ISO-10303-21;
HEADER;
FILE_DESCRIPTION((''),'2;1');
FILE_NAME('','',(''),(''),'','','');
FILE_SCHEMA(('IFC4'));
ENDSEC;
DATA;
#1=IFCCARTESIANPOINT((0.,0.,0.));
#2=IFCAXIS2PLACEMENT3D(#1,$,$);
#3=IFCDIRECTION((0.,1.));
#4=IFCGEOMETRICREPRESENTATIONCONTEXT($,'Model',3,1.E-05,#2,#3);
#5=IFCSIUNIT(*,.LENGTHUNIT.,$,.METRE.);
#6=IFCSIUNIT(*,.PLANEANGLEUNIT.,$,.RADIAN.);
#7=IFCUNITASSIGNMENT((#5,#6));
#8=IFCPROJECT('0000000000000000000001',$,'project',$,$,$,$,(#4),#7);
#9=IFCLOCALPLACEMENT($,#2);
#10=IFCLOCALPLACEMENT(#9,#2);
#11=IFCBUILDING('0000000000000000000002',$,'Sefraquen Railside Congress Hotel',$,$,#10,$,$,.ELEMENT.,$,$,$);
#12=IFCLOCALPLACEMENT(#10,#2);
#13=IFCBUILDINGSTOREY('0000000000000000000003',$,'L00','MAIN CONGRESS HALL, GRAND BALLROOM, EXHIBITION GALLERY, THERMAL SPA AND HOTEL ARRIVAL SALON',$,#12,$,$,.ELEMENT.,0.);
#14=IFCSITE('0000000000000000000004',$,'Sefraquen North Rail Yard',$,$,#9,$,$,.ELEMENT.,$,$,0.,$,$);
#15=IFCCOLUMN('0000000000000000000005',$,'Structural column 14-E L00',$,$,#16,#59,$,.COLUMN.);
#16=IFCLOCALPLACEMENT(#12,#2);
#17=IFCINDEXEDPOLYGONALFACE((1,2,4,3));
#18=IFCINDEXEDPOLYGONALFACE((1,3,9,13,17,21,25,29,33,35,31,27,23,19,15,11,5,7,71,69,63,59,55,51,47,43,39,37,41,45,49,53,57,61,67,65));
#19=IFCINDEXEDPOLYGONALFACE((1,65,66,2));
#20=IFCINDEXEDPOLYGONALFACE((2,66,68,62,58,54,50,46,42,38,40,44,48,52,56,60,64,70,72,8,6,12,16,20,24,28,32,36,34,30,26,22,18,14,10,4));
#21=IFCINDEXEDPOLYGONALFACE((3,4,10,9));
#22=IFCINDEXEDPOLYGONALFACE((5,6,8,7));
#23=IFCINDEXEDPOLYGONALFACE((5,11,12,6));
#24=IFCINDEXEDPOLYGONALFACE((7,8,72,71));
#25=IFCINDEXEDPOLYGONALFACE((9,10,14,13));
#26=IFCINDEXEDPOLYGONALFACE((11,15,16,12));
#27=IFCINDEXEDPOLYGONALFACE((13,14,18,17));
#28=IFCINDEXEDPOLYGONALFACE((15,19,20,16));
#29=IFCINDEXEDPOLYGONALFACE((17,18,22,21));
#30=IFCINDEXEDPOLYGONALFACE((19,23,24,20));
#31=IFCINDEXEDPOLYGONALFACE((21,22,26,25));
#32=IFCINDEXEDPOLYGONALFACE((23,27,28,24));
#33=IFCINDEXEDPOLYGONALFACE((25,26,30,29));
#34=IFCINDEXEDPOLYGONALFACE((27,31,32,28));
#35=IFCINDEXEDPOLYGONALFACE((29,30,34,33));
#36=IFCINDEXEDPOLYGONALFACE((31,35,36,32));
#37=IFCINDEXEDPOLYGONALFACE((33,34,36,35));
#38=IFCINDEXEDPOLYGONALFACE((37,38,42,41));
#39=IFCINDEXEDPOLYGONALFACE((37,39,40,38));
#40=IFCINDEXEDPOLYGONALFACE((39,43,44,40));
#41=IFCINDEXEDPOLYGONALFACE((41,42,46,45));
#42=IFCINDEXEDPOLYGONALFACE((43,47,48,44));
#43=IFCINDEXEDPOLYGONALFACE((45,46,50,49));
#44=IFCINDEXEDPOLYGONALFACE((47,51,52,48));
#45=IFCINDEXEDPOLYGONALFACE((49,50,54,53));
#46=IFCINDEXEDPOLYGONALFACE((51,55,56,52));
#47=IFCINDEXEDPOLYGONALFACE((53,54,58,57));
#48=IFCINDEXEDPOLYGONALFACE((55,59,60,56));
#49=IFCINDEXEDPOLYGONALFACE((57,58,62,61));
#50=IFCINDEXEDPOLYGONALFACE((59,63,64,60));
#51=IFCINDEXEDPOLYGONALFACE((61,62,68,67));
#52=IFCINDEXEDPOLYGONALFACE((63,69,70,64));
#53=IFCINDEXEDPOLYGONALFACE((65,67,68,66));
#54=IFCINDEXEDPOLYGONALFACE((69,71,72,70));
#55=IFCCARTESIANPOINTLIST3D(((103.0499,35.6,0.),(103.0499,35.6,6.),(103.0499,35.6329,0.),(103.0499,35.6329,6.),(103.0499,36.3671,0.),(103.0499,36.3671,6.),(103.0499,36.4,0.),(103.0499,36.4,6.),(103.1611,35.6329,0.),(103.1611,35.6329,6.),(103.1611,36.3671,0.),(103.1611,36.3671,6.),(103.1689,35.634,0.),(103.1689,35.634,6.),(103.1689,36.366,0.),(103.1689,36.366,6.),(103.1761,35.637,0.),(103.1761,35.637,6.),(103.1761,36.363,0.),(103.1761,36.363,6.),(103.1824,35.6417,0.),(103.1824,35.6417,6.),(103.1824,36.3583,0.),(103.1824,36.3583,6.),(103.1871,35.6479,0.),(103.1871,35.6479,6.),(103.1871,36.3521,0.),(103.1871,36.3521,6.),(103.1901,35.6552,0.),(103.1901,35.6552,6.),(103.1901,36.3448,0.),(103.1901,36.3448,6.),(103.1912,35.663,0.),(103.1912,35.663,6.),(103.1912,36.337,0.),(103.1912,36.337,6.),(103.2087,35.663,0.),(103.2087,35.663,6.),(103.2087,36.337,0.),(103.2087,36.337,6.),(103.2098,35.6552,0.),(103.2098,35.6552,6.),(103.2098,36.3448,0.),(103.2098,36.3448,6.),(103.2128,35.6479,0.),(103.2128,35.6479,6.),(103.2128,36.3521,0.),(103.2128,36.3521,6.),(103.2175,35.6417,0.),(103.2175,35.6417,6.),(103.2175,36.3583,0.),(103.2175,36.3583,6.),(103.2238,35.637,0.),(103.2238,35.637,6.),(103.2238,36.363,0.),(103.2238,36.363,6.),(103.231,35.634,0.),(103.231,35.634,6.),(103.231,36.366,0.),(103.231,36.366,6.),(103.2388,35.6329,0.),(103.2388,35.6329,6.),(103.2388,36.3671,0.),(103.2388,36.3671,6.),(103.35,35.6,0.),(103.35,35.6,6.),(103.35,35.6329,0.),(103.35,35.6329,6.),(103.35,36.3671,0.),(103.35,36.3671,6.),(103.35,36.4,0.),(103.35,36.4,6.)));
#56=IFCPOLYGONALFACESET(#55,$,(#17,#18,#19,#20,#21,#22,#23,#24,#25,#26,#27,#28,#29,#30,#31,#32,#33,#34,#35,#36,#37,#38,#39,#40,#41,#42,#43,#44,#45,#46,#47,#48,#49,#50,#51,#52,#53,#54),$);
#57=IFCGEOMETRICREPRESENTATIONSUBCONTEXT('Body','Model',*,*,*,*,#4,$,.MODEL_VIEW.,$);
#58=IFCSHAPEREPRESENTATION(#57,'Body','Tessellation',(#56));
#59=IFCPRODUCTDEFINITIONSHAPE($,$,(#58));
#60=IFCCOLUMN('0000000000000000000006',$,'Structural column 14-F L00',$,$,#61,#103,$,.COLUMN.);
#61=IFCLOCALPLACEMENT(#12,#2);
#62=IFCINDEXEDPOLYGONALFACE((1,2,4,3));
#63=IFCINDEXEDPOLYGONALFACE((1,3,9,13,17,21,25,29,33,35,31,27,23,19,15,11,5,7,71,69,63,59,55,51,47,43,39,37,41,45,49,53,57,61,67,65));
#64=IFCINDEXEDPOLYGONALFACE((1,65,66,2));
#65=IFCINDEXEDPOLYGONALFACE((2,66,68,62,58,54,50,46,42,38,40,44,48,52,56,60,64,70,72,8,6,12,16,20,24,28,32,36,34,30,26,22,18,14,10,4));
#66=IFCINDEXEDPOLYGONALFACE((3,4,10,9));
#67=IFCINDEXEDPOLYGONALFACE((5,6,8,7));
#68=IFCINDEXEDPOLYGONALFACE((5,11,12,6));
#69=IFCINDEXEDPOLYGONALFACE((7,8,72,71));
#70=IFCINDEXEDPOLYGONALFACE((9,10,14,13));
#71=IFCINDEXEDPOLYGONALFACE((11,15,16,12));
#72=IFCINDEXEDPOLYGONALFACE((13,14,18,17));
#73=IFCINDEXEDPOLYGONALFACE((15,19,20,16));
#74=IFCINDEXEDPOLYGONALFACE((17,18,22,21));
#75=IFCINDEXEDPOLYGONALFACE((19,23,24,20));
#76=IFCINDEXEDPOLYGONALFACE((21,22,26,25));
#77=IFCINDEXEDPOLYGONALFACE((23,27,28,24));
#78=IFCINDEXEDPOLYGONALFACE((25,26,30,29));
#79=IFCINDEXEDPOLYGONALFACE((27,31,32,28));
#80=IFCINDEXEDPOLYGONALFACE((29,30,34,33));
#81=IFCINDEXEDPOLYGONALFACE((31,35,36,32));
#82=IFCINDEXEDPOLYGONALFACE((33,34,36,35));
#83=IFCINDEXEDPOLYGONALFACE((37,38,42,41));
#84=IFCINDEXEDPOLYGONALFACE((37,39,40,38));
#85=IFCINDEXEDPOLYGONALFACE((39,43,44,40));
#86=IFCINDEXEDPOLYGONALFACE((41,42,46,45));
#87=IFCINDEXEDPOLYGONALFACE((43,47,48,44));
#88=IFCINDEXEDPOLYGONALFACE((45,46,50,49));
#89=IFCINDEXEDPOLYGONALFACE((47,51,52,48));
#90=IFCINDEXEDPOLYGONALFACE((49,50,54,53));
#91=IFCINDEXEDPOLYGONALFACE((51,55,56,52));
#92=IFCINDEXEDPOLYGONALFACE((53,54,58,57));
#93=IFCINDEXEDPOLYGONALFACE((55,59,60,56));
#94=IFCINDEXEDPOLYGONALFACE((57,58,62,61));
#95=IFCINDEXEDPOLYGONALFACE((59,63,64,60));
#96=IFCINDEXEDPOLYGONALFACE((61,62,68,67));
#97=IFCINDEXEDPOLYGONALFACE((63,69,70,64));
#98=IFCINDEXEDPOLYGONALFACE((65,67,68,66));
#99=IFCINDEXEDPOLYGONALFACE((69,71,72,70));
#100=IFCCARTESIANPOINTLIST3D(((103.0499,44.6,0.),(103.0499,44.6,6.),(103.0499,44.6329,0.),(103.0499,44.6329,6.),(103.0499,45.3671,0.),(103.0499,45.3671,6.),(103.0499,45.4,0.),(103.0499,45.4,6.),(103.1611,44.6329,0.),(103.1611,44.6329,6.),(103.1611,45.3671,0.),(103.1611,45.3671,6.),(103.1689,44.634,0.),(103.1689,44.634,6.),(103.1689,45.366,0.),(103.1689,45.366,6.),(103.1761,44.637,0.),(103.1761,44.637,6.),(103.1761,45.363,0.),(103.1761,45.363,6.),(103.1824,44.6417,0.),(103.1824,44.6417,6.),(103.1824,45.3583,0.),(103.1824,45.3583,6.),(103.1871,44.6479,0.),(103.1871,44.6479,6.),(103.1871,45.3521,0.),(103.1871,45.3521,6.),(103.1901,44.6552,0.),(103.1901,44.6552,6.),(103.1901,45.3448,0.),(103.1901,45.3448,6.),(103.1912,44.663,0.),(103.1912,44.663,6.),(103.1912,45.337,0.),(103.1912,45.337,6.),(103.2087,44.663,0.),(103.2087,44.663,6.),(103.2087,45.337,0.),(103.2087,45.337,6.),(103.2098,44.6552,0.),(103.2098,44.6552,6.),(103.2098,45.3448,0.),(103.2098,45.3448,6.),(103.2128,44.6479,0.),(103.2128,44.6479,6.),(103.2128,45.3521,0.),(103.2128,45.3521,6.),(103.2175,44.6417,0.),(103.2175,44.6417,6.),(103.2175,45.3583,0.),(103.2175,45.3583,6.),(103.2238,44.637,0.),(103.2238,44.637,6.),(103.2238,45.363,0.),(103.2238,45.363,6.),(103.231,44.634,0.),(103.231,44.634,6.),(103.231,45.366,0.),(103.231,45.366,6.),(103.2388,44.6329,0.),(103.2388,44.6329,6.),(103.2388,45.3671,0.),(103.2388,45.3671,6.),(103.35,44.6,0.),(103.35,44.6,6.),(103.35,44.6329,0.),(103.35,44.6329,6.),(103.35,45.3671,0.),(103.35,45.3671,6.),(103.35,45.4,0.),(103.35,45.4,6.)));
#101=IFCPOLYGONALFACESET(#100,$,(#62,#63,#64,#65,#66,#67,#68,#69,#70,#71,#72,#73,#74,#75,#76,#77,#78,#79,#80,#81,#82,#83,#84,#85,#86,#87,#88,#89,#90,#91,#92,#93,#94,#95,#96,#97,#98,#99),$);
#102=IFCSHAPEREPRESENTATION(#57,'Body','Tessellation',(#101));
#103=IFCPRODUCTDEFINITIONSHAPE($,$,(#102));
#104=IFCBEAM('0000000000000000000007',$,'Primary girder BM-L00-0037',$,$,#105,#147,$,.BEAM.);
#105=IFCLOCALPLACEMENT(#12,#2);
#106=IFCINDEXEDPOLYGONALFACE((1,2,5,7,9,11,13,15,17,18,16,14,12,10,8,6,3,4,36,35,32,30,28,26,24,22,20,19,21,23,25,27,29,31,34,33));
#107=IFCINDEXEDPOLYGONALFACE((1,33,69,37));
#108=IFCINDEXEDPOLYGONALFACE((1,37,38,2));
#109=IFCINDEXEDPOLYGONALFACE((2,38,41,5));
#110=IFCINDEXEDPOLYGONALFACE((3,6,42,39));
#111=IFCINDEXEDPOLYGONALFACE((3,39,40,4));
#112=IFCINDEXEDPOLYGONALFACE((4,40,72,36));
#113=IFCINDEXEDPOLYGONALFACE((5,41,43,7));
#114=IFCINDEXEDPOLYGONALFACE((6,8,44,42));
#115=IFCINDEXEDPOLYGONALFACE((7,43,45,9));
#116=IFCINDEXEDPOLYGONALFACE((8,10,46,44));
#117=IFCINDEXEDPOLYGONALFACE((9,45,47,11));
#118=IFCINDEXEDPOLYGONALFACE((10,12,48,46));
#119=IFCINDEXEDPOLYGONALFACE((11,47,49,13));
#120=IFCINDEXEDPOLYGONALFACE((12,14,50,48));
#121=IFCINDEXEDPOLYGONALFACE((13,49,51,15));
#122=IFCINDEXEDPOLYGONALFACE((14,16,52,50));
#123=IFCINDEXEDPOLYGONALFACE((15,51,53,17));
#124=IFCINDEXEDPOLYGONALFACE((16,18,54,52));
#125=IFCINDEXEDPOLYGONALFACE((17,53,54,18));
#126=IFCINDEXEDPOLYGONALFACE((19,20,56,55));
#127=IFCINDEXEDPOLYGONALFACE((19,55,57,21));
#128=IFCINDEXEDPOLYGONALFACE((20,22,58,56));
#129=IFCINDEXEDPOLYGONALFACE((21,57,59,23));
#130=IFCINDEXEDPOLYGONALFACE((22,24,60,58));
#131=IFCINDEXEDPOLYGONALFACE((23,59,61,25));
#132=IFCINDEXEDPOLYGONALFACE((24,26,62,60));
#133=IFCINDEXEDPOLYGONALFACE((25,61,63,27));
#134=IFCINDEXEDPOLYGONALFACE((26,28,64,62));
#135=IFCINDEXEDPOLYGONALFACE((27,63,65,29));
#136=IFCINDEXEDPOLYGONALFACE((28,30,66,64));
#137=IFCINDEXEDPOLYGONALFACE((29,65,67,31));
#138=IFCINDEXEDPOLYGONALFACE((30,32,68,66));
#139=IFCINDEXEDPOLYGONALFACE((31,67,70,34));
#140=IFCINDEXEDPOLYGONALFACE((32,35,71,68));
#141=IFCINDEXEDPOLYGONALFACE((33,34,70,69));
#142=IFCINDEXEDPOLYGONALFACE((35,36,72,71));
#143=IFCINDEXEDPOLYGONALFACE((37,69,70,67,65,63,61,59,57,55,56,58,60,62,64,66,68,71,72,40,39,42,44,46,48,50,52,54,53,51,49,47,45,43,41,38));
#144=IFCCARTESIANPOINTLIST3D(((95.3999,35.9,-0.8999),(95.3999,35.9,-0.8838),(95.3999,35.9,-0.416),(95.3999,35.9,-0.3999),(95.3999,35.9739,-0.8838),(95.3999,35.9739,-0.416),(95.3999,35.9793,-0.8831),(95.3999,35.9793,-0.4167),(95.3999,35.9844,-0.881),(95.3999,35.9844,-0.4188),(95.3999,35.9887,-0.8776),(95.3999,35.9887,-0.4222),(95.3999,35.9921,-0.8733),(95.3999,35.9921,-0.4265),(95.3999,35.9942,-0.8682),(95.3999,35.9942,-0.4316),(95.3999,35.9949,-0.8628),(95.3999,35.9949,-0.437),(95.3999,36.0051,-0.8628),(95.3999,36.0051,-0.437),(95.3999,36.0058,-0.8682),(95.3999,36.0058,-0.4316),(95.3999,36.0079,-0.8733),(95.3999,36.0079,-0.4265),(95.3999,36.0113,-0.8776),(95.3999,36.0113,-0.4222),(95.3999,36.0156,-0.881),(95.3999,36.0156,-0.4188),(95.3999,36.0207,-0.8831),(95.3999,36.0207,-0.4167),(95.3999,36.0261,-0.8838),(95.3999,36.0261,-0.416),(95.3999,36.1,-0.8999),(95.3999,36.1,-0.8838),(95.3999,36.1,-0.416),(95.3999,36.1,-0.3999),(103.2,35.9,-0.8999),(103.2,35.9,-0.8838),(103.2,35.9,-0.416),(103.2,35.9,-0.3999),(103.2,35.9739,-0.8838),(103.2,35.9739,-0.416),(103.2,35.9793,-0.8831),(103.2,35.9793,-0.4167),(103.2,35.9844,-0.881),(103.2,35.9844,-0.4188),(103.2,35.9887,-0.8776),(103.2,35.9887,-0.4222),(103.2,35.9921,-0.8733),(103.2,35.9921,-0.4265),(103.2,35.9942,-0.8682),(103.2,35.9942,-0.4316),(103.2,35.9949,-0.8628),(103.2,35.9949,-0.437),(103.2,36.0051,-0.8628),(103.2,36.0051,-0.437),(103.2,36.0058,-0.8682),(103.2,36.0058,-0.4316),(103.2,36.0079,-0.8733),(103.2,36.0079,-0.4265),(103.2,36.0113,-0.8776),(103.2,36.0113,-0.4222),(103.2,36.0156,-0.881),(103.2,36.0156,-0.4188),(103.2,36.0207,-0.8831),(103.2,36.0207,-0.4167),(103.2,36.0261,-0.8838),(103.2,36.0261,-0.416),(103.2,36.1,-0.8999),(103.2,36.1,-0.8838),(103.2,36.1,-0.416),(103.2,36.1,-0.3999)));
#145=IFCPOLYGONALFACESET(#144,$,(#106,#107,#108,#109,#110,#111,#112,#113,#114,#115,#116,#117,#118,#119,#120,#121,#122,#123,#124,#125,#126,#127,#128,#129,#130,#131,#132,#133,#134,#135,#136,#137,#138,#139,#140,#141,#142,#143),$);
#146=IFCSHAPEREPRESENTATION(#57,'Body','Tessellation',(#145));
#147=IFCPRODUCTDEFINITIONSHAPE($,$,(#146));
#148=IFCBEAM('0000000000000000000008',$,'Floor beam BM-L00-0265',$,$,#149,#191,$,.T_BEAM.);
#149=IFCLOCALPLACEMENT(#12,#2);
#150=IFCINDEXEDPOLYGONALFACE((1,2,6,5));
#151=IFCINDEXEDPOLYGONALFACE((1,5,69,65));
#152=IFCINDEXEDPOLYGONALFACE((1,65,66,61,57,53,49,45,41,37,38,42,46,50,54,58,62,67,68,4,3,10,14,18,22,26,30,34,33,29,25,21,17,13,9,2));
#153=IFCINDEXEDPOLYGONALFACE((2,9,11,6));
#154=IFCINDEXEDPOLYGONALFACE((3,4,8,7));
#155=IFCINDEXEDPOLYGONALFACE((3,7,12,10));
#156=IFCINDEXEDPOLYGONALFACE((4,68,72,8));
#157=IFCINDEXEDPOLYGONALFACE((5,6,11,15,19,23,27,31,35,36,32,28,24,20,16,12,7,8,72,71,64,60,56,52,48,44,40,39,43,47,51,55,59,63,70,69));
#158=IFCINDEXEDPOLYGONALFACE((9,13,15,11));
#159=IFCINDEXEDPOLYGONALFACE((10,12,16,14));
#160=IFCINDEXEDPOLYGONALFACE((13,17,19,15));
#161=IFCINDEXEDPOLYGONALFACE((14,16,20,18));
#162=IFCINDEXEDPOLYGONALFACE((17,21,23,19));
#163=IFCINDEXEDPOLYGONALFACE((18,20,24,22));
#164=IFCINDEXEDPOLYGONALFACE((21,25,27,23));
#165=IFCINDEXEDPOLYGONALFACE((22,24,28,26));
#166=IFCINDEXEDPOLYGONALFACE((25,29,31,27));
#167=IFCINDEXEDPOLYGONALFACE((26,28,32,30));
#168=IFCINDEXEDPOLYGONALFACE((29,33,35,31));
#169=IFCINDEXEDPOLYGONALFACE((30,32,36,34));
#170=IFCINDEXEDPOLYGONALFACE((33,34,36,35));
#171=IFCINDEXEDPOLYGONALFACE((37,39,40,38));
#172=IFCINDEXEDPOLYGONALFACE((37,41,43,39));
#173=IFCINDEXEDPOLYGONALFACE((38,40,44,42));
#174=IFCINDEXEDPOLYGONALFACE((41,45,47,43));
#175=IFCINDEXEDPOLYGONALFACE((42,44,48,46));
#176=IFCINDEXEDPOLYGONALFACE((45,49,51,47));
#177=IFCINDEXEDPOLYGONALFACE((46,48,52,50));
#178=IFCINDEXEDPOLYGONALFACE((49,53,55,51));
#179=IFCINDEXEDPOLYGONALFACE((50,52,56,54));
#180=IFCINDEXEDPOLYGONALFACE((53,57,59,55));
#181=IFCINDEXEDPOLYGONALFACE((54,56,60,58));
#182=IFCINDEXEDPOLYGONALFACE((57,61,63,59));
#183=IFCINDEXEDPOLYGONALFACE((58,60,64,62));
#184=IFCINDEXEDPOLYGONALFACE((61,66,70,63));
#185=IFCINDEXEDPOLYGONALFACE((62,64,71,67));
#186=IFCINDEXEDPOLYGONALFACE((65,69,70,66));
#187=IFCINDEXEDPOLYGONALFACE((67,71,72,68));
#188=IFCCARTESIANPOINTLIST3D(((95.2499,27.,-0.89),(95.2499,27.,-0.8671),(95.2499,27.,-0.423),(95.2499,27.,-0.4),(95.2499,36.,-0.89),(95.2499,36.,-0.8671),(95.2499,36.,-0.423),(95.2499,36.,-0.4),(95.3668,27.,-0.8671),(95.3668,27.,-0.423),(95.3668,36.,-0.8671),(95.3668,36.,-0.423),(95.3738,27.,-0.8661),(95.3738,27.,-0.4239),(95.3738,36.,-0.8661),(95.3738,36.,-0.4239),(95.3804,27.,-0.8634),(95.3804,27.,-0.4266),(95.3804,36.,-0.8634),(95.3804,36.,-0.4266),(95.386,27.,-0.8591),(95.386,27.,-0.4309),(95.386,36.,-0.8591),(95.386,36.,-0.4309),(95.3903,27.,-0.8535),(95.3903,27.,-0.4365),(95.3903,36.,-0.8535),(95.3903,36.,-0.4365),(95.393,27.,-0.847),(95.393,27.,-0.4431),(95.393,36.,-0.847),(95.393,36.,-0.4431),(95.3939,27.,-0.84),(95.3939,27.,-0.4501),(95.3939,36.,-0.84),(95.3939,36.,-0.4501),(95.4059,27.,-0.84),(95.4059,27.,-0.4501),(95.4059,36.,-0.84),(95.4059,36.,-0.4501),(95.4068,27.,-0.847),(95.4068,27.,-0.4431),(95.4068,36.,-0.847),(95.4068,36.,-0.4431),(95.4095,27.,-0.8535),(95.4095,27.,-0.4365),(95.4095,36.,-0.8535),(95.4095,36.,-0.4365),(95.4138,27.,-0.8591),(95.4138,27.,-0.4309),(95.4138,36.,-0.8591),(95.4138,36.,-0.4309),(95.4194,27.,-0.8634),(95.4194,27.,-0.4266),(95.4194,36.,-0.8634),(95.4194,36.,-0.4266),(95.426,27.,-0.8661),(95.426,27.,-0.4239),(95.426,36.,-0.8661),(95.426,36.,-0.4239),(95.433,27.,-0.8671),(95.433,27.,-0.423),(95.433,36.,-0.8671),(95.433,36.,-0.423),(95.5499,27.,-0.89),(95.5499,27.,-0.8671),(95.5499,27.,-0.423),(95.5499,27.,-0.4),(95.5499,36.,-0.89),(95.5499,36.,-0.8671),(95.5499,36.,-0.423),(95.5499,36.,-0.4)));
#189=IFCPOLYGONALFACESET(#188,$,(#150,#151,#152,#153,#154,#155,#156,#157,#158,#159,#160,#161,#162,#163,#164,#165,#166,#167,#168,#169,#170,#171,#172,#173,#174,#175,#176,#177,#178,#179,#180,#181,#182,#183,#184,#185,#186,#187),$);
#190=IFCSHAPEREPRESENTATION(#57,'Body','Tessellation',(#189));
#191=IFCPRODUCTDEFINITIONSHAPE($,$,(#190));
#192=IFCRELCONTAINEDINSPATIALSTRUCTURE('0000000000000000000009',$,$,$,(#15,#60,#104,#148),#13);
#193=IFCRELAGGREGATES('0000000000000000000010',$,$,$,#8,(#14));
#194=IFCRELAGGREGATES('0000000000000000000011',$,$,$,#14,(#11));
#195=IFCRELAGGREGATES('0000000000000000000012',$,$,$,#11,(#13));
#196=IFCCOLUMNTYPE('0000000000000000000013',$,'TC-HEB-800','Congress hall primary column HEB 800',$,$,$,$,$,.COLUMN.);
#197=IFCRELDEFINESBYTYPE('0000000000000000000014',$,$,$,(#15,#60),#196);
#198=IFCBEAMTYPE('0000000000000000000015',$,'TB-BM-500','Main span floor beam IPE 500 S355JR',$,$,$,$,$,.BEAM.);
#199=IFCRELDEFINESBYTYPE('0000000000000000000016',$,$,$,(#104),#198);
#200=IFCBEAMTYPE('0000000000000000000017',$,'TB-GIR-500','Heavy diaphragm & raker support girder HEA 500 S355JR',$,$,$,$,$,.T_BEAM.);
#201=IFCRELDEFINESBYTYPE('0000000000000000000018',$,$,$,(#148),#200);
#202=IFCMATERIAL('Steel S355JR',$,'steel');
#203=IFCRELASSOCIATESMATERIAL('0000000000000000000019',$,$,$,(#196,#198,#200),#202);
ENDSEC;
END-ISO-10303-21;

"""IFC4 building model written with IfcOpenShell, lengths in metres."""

from ifc_helpers import new_model, si_unit, direction, frame, origin, origin_2d, place, context, subcontext, project, spatial, i_section, extrude, material, material_profile, profile_set, type_object, element, save


model = new_model("IFC4")

# Units and contexts
model_context = context("Model", 3, precision=1e-05, world=origin(), true_north=direction((0.0, 1.0)))
body_context = subcontext(model_context, "Body", "Model", "MODEL_VIEW")
ifc_project = project(units=[si_unit("LENGTHUNIT", "METRE"), si_unit("PLANEANGLEUNIT", "RADIAN")], contexts=[model_context])

# Site, building, storey
site_placement = place(None, origin())
site = spatial("IfcSite", under=ifc_project, at=site_placement, Name="Sefraquen North Rail Yard", CompositionType="ELEMENT", RefElevation=0.0)
building_placement = place(site_placement, origin())
building = spatial("IfcBuilding", under=site, at=building_placement, Name="Sefraquen Railside Congress Hotel", CompositionType="ELEMENT")
storey_placement = place(building_placement, origin())
storey = spatial("IfcBuildingStorey", under=building, at=storey_placement, Name="L00", Description="MAIN CONGRESS HALL, GRAND BALLROOM, EXHIBITION GALLERY, THERMAL SPA AND HOTEL ARRIVAL SALON", CompositionType="ELEMENT", Elevation=0.0)

# Columns
ifc_material_1 = material(Name="Steel S355JR", Category="steel")
ifc_material_profile_1 = material_profile(ifc_material_1, i_section(OverallWidth=0.3, OverallDepth=0.8, WebThickness=0.0176, FlangeThickness=0.033, FilletRadius=0.03, at=origin_2d()), Name="HEB 800")
ifc_profile_set_1 = profile_set([ifc_material_profile_1], Name="Steel S355JR")
column_type = type_object("IfcColumnType", Name="TC-HEB-800", Description="Congress hall primary column HEB 800", PredefinedType="COLUMN", material=ifc_profile_set_1)
for number, where, z_axis, x_axis, name in (
    (1, (103.2, 36.0, 0.0), (0.0, 0.0, 1.0), (1.0, 0.0, 0.0), "Structural column 14-E L00"),
    (2, (103.2, 45.0, 0.0), (0.0, 0.0, 1.0), (1.0, 0.0, 0.0), "Structural column 14-F L00"),
):
    element("IfcColumn", number, at=place(storey_placement, frame(where, z_axis=z_axis, x_axis=x_axis)), inside=storey, type_object=column_type, Name=name, PredefinedType="COLUMN", context=body_context, shape_type="SweptSolid", body=[
        extrude(i_section(OverallWidth=0.3, OverallDepth=0.8, WebThickness=0.0176, FlangeThickness=0.033, FilletRadius=0.03, at=origin_2d()), origin(), (0.0, 0.0, 1.0), 6.0),
    ])

# Beams
ifc_material_profile_2 = material_profile(ifc_material_1, i_section(OverallWidth=0.2, OverallDepth=0.5, WebThickness=0.0103, FlangeThickness=0.0161, FilletRadius=0.021, at=origin_2d()), Name="IPE 500")
ifc_profile_set_2 = profile_set([ifc_material_profile_2], Name="Steel S355JR")
beam_type_1 = type_object("IfcBeamType", Name="TB-BM-500", Description="Main span floor beam IPE 500 S355JR", PredefinedType="BEAM", material=ifc_profile_set_2)
beam_placement = place(storey_placement, frame((95.3999, 36.0, -0.6499), z_axis=(1.0, 0.0, 0.0), x_axis=(0.0, 1.0, 0.0)))
element("IfcBeam", 3, at=beam_placement, inside=storey, type_object=beam_type_1, Name="Primary girder BM-L00-0037", PredefinedType="BEAM", context=body_context, shape_type="SweptSolid", body=[
    extrude(i_section(OverallWidth=0.2, OverallDepth=0.5, WebThickness=0.0103, FlangeThickness=0.0161, FilletRadius=0.021, at=origin_2d()), origin(), (0.0, 0.0, 1.0), 7.8),
])
ifc_material_profile_3 = material_profile(ifc_material_1, i_section(OverallWidth=0.3, OverallDepth=0.49, WebThickness=0.012, FlangeThickness=0.0229, FilletRadius=0.0271, at=origin_2d()), Name="HEA 500")
ifc_profile_set_3 = profile_set([ifc_material_profile_3], Name="Steel S355JR")
beam_type_2 = type_object("IfcBeamType", Name="TB-GIR-500", Description="Heavy diaphragm & raker support girder HEA 500 S355JR", PredefinedType="T_BEAM", material=ifc_profile_set_3)
for number, where, z_axis, x_axis, name in (
    (4, (95.3999, 27.0, -0.645), (0.0, 1.0, 0.0), (-1.0, 0.0, 0.0), "Floor beam BM-L00-0265"),
):
    element("IfcBeam", number, at=place(storey_placement, frame(where, z_axis=z_axis, x_axis=x_axis)), inside=storey, type_object=beam_type_2, Name=name, PredefinedType="T_BEAM", context=body_context, shape_type="SweptSolid", body=[
        extrude(i_section(OverallWidth=0.3, OverallDepth=0.49, WebThickness=0.012, FlangeThickness=0.0229, FilletRadius=0.0271, at=origin_2d()), origin(), (0.0, 0.0, 1.0), 9.0),
    ])

save(model, "model.ifc")
